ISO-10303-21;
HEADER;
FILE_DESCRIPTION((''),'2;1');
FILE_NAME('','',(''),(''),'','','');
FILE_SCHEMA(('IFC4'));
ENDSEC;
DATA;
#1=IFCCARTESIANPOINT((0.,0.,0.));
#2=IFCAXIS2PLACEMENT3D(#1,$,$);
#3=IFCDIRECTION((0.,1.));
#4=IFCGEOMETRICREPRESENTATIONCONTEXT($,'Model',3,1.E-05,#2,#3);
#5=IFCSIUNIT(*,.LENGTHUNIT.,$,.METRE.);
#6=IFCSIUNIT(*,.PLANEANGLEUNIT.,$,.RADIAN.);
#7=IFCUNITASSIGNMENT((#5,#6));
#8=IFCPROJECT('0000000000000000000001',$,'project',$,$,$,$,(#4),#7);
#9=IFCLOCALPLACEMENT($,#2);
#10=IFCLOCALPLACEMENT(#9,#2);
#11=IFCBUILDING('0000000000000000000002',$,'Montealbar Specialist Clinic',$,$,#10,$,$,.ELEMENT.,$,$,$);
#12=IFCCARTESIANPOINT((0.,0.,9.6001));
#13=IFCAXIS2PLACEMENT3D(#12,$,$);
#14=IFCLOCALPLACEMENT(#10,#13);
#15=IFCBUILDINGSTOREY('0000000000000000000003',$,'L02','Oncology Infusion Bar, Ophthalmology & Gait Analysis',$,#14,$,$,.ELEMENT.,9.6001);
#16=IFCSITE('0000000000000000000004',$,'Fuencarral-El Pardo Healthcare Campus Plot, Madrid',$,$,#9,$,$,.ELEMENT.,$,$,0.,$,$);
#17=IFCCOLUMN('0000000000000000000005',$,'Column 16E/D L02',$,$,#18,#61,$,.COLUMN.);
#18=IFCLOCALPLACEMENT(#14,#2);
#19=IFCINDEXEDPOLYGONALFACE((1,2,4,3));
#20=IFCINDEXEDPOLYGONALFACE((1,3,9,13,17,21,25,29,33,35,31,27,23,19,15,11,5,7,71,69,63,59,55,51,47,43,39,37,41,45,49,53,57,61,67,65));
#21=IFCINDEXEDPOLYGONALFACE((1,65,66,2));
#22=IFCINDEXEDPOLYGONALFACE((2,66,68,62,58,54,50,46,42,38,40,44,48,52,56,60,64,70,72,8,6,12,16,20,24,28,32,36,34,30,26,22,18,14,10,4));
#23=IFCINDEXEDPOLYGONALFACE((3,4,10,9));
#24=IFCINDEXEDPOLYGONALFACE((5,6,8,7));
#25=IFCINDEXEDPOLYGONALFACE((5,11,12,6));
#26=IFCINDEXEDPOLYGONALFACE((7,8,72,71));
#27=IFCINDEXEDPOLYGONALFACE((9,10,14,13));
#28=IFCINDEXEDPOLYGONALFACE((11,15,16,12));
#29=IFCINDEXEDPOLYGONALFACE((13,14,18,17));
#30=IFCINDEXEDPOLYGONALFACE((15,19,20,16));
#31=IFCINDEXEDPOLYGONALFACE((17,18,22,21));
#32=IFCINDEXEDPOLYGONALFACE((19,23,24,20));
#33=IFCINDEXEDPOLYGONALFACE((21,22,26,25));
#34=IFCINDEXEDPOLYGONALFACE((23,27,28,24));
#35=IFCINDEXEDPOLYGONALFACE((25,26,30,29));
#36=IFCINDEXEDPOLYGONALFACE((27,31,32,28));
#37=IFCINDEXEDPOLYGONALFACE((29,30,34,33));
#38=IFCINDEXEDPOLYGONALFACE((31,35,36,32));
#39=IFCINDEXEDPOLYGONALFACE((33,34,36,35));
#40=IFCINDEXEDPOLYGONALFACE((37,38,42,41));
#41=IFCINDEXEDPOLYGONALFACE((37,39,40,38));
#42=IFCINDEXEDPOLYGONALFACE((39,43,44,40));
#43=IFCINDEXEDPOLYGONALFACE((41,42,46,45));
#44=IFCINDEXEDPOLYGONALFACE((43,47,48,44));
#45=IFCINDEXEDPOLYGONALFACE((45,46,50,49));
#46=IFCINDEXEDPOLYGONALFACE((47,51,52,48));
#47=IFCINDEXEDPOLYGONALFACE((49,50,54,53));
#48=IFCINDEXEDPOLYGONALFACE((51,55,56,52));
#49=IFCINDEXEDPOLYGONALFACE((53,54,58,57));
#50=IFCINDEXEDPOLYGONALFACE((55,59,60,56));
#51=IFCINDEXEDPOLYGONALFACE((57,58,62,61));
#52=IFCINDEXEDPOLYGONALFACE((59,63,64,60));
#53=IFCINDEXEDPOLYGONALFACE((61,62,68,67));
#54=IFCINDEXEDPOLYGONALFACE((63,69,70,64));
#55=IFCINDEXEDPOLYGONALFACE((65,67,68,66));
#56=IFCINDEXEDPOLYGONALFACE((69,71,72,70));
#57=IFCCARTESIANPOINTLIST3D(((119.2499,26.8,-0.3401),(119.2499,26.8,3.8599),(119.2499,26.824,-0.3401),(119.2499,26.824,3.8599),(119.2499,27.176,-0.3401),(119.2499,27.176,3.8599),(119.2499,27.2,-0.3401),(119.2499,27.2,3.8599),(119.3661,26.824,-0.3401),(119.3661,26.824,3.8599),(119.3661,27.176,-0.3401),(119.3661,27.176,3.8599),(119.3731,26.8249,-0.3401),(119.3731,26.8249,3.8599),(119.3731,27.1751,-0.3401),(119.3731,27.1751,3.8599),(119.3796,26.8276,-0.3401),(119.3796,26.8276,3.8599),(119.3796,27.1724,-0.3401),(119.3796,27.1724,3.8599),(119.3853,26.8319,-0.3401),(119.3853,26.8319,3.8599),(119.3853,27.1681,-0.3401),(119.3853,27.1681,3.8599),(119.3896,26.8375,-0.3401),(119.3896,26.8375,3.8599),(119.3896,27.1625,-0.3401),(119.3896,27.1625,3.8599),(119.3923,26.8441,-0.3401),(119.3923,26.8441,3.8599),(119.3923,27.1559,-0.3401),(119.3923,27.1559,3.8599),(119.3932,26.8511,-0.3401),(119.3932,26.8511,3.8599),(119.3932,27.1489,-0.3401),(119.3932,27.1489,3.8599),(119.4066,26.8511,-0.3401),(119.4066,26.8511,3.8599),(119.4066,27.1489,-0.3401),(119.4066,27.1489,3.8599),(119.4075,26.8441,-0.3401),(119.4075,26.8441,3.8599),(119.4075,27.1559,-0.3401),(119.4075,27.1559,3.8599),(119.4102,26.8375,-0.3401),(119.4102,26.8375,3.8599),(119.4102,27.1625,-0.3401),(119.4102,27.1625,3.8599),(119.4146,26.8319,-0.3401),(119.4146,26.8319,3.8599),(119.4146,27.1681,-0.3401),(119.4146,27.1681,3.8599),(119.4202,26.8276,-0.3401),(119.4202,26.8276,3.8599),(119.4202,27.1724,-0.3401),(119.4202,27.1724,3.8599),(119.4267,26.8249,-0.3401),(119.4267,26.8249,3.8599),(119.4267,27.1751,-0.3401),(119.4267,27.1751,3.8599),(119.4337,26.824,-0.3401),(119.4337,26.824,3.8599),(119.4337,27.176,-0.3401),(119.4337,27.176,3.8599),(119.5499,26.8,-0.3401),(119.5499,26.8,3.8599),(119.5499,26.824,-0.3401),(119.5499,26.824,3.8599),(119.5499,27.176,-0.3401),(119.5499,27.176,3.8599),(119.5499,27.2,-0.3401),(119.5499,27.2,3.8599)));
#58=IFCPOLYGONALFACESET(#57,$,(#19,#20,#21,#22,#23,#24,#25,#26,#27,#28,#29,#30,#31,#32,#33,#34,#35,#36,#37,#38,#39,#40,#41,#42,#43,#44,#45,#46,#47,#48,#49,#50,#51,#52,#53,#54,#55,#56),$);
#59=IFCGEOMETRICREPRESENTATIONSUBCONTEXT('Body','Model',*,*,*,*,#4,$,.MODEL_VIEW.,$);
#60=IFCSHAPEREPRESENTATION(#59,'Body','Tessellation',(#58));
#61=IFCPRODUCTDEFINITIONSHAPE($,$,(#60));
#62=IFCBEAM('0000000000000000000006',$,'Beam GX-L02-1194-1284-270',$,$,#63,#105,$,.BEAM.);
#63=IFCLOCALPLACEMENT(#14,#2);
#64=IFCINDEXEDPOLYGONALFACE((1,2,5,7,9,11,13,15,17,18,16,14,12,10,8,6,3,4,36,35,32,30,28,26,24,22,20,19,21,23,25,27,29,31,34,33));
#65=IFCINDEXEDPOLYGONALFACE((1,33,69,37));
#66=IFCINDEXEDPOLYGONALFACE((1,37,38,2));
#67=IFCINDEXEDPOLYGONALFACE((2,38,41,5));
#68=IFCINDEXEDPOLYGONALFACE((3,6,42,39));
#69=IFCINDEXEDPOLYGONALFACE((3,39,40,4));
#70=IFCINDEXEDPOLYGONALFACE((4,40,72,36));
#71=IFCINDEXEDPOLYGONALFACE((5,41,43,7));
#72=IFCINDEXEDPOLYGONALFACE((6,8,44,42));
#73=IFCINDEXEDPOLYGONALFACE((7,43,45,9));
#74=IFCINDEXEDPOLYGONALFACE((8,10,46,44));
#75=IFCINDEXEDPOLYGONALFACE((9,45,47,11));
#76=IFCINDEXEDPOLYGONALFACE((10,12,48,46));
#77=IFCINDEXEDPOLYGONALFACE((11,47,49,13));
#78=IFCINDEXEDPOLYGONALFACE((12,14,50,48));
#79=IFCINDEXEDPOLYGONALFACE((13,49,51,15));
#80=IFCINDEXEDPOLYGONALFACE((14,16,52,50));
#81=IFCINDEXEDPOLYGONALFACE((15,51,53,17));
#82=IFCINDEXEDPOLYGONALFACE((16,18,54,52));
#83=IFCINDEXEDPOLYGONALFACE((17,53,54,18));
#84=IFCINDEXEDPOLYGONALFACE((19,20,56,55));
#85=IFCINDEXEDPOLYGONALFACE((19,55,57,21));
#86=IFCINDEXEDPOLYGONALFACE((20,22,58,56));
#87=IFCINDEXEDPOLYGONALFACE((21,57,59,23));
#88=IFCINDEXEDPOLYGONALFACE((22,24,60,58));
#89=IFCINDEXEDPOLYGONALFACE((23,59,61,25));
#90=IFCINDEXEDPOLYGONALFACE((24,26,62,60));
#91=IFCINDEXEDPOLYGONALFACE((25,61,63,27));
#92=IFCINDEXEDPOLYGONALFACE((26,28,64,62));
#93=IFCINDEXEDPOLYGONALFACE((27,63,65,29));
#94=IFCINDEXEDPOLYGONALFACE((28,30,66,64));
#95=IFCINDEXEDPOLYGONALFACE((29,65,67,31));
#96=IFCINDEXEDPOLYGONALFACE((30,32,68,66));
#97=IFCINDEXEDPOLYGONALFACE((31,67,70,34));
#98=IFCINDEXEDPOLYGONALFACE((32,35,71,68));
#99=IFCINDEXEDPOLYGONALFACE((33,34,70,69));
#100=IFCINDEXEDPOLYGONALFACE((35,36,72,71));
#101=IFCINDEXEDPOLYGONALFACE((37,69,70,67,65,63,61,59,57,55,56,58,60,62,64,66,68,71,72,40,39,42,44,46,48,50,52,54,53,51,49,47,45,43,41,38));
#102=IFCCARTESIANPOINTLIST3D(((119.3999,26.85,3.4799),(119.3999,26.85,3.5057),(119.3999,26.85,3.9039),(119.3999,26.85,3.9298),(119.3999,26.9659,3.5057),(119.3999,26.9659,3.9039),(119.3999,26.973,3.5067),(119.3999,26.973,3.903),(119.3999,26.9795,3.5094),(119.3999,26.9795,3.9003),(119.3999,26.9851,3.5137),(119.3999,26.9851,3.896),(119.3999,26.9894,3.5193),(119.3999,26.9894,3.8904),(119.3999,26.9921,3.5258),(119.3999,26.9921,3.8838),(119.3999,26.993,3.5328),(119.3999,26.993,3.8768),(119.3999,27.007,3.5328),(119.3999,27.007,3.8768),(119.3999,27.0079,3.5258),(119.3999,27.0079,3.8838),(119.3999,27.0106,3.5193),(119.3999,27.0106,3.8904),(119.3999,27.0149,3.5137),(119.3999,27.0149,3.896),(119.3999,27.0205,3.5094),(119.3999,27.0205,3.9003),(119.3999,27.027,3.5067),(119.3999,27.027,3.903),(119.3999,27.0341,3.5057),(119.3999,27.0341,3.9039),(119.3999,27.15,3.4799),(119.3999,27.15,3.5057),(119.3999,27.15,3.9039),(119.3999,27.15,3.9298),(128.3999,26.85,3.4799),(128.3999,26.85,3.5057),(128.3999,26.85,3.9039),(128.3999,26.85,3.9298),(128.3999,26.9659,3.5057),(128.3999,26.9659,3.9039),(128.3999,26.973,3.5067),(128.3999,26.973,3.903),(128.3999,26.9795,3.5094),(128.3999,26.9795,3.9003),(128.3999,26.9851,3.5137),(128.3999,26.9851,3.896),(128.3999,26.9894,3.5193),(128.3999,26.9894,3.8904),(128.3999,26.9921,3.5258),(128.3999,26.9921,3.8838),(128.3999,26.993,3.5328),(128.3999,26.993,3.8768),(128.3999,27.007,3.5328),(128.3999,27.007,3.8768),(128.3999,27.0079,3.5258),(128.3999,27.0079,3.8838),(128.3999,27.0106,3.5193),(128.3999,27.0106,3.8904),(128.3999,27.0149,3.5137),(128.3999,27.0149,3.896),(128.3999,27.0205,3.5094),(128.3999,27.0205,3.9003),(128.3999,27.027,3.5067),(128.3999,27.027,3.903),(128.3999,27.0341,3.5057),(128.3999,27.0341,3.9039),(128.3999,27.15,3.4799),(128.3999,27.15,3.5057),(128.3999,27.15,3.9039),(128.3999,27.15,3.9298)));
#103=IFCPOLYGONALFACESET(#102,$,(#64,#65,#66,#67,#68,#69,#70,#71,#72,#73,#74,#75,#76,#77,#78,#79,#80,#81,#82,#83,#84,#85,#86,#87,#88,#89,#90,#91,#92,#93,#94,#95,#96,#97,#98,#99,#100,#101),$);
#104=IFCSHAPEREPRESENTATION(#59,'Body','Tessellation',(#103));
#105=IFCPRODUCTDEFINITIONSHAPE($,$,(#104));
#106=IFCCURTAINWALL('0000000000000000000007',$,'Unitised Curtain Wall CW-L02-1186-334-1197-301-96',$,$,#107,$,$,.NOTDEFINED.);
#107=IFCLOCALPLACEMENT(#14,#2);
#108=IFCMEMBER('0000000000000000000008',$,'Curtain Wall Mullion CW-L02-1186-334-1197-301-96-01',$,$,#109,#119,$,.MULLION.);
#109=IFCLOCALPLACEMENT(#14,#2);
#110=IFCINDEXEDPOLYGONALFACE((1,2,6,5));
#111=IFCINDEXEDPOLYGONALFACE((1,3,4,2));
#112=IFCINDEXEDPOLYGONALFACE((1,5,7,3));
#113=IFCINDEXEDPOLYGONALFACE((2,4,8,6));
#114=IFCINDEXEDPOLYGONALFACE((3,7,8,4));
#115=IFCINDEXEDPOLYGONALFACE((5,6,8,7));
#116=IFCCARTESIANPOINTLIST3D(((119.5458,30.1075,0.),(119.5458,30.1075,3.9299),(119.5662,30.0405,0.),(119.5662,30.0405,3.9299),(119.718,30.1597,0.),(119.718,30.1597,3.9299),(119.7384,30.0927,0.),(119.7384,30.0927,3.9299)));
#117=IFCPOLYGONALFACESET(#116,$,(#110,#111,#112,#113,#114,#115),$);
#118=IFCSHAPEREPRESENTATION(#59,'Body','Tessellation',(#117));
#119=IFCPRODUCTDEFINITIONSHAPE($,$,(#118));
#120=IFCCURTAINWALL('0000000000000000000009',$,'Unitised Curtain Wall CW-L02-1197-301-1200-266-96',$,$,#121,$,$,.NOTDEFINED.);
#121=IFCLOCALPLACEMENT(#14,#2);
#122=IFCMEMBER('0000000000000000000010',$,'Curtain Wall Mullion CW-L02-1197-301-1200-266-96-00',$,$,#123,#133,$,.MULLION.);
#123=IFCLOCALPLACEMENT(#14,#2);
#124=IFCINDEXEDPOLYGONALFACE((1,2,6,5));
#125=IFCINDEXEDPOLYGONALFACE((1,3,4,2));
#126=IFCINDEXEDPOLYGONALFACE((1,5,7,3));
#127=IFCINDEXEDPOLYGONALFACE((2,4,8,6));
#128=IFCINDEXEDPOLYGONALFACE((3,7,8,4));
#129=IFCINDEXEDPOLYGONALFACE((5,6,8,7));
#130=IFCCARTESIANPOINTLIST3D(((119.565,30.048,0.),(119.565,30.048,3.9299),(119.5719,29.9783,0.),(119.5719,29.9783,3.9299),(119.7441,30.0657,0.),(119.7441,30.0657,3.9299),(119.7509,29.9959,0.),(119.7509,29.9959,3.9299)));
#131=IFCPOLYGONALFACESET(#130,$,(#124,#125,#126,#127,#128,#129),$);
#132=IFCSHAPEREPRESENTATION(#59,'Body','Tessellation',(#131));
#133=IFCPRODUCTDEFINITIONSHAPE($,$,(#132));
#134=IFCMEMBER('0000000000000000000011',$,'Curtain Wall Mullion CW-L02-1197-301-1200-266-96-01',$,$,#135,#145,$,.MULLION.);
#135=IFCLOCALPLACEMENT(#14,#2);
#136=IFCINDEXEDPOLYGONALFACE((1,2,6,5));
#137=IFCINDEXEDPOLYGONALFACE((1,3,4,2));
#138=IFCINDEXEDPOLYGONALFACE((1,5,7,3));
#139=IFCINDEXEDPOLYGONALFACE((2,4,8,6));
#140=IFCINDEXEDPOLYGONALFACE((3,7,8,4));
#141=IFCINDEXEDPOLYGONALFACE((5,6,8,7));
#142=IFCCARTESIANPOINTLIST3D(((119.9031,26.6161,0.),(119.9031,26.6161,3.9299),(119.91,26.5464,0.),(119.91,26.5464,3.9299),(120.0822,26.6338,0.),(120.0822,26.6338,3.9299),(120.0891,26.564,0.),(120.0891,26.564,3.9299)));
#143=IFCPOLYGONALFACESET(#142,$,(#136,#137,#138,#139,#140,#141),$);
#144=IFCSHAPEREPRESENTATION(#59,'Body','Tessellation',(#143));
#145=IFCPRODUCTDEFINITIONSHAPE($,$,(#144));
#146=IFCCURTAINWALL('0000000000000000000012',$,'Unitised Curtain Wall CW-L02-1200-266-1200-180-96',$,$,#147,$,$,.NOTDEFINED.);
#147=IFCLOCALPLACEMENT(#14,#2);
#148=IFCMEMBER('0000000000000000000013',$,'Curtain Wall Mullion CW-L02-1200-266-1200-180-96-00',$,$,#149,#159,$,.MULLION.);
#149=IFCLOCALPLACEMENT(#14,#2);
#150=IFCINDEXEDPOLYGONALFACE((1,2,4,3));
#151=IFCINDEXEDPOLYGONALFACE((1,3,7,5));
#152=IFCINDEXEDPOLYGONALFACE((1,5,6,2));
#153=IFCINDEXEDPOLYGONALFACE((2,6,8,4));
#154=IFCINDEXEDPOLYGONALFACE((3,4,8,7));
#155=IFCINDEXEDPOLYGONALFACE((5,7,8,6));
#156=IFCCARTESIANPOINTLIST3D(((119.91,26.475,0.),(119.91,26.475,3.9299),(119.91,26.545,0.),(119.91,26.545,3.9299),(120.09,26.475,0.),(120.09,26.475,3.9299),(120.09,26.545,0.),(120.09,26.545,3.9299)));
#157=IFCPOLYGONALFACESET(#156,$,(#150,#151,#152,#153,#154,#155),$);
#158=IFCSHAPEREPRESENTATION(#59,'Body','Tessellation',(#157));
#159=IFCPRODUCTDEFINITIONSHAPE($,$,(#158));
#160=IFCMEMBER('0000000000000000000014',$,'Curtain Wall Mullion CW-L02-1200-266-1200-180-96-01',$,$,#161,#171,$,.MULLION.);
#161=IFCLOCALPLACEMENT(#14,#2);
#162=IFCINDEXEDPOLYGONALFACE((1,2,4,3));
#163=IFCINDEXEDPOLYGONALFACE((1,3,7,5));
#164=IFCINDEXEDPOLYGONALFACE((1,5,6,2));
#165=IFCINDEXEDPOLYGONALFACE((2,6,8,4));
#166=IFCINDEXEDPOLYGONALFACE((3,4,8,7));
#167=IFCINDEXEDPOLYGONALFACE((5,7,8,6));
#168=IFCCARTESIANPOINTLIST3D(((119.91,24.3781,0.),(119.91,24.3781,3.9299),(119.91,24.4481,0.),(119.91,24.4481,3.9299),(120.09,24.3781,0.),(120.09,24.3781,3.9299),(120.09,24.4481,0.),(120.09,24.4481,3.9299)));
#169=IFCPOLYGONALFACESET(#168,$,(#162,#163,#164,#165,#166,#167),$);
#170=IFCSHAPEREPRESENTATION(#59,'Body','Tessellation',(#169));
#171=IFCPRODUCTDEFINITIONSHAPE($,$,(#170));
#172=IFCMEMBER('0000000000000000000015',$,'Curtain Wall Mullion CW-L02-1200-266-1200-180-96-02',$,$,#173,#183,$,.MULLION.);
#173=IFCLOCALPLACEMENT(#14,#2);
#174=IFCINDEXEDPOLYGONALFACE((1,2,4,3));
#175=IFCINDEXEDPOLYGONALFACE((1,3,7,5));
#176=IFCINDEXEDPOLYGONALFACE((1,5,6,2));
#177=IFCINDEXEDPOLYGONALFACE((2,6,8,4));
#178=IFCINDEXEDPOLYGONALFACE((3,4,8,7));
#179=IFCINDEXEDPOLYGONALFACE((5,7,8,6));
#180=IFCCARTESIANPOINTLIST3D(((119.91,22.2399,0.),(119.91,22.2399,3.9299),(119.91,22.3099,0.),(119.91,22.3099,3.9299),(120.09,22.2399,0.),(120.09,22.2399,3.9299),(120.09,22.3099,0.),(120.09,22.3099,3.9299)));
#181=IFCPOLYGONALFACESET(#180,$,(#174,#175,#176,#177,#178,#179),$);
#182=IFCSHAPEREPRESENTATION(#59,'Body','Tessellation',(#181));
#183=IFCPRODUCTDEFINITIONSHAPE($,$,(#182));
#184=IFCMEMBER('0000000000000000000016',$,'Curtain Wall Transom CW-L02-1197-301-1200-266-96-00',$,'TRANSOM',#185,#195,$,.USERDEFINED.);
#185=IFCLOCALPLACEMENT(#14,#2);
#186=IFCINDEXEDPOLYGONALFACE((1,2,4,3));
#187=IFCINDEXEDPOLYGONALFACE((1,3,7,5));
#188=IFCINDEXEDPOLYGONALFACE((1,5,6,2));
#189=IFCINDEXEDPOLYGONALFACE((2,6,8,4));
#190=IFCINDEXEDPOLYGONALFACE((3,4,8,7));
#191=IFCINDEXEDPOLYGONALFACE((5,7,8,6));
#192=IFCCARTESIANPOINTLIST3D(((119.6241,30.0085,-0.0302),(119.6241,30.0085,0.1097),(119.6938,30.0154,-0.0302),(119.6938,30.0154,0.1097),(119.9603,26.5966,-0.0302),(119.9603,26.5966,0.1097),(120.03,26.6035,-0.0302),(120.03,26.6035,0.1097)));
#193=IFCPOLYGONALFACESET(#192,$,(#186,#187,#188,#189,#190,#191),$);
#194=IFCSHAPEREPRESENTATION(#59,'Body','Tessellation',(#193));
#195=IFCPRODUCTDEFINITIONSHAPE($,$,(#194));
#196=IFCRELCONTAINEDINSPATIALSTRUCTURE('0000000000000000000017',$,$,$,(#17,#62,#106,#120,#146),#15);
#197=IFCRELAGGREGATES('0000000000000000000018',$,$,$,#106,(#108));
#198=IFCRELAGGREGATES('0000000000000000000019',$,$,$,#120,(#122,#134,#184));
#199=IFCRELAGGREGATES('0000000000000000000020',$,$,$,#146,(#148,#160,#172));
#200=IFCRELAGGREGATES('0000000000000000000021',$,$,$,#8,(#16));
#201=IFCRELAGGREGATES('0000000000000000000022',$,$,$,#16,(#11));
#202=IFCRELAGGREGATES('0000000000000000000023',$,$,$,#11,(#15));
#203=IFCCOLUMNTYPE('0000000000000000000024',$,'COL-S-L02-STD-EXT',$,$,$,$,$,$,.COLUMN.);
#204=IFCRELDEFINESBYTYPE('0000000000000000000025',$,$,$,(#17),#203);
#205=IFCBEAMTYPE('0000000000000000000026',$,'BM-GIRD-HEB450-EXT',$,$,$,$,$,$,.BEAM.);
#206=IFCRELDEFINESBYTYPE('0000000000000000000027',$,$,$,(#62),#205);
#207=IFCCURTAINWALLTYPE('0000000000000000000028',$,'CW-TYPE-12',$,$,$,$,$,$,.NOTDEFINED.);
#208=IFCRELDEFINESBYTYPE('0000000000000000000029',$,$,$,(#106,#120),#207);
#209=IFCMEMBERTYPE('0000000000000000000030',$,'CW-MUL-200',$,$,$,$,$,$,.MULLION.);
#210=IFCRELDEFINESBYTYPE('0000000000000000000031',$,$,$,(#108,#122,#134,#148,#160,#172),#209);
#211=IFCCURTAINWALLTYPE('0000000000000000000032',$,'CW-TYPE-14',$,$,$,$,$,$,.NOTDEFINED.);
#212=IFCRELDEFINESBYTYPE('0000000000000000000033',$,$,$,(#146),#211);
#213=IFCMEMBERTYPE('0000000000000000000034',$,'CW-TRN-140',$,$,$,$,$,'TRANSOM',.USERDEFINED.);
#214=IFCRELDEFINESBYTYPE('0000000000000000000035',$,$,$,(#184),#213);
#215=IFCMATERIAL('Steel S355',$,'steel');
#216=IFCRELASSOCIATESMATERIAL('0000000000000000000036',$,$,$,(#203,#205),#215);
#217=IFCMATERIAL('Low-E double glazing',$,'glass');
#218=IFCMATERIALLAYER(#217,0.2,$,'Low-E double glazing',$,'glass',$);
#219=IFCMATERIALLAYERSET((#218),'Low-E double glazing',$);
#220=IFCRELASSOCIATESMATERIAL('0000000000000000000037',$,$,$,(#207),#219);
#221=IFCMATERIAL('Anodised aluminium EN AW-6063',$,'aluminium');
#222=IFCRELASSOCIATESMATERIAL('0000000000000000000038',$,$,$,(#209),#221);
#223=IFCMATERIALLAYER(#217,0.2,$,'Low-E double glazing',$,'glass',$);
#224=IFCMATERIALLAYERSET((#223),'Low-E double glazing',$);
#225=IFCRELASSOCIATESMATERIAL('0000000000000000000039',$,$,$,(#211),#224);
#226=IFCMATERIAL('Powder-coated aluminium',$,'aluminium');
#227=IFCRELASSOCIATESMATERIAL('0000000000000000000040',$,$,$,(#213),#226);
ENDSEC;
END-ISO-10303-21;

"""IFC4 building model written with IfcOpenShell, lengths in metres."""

from ifc_helpers import new_model, si_unit, direction, frame, origin, origin_2d, place, context, subcontext, project, spatial, rectangle, i_section, extrude, material, layer, layer_set, material_profile, profile_set, type_object, element, aggregate, save


model = new_model("IFC4")

# Units and contexts
model_context = context("Model", 3, precision=1e-05, world=origin(), true_north=direction((0.0, 1.0)))
body_context = subcontext(model_context, "Body", "Model", "MODEL_VIEW")
ifc_project = project(units=[si_unit("LENGTHUNIT", "METRE"), si_unit("PLANEANGLEUNIT", "RADIAN")], contexts=[model_context])

# Site, building, storey
site_placement = place(None, origin())
site = spatial("IfcSite", under=ifc_project, at=site_placement, Name="Fuencarral-El Pardo Healthcare Campus Plot, Madrid", CompositionType="ELEMENT", RefElevation=0.0)
building_placement = place(site_placement, origin())
building = spatial("IfcBuilding", under=site, at=building_placement, Name="Montealbar Specialist Clinic", CompositionType="ELEMENT")
storey_placement = place(building_placement, frame((0.0, 0.0, 9.6001)))
storey = spatial("IfcBuildingStorey", under=building, at=storey_placement, Name="L02", Description="Oncology Infusion Bar, Ophthalmology & Gait Analysis", CompositionType="ELEMENT", Elevation=9.6001)

# Column
ifc_material_1 = material(Name="Steel S355", Category="steel")
ifc_material_profile_1 = material_profile(ifc_material_1, i_section(OverallWidth=0.3, OverallDepth=0.3999, WebThickness=0.0134, FlangeThickness=0.0239, FilletRadius=0.0271, at=origin_2d()), Name="HEB 400", Category="steel")
ifc_profile_set_1 = profile_set([ifc_material_profile_1], Name="Steel S355")
column_type = type_object("IfcColumnType", Name="COL-S-L02-STD-EXT", PredefinedType="COLUMN", material=ifc_profile_set_1)
column_placement = place(storey_placement, frame((119.3999, 27.0, -0.3401), z_axis=(0.0, 0.0, 1.0), x_axis=(1.0, 0.0, 0.0)))
element("IfcColumn", 1, at=column_placement, inside=storey, type_object=column_type, Name="Column 16E/D L02", PredefinedType="COLUMN", context=body_context, shape_type="SweptSolid", body=[
    extrude(i_section(OverallWidth=0.3, OverallDepth=0.3999, WebThickness=0.0134, FlangeThickness=0.0239, FilletRadius=0.0271, at=origin_2d()), origin(), (0.0, 0.0, 1.0), 4.2),
])

# Beam
ifc_material_profile_2 = material_profile(ifc_material_1, i_section(OverallWidth=0.3, OverallDepth=0.45, WebThickness=0.0139, FlangeThickness=0.0259, FilletRadius=0.0271, at=origin_2d()), Name="HEB 450", Category="steel")
ifc_profile_set_2 = profile_set([ifc_material_profile_2], Name="Steel S355")
beam_type = type_object("IfcBeamType", Name="BM-GIRD-HEB450-EXT", PredefinedType="BEAM", material=ifc_profile_set_2)
beam_placement = place(storey_placement, frame((119.3999, 27.0, 3.7048), z_axis=(1.0, 0.0, 0.0), x_axis=(0.0, 1.0, 0.0)))
element("IfcBeam", 2, at=beam_placement, inside=storey, type_object=beam_type, Name="Beam GX-L02-1194-1284-270", PredefinedType="BEAM", context=body_context, shape_type="SweptSolid", body=[
    extrude(i_section(OverallWidth=0.3, OverallDepth=0.45, WebThickness=0.0139, FlangeThickness=0.0259, FilletRadius=0.0271, at=origin_2d()), origin(), (0.0, 0.0, 1.0), 9.0),
])

# Curtain wall, member
ifc_material_2 = material(Name="Low-E double glazing", Category="glass")
ifc_layer_1 = layer(ifc_material_2, 0.2, Name="Low-E double glazing", Category="glass")
ifc_layer_set_1 = layer_set([ifc_layer_1], Name="Low-E double glazing")
curtain_wall_type_1 = type_object("IfcCurtainWallType", Name="CW-TYPE-12", PredefinedType="NOTDEFINED", material=ifc_layer_set_1)
curtain_wall_1_placement = place(storey_placement, origin())
curtain_wall_1 = element("IfcCurtainWall", 3, at=curtain_wall_1_placement, inside=storey, type_object=curtain_wall_type_1, Name="Unitised Curtain Wall CW-L02-1186-334-1197-301-96", PredefinedType="NOTDEFINED")
ifc_material_3 = material(Name="Anodised aluminium EN AW-6063", Category="aluminium")
ifc_material_profile_3 = material_profile(ifc_material_3, rectangle(XDim=0.0701, YDim=0.1799, at=origin_2d()), Name="ALU 70x180", Category="aluminium")
ifc_profile_set_3 = profile_set([ifc_material_profile_3], Name="Anodised aluminium EN AW-6063")
member_type_1 = type_object("IfcMemberType", Name="CW-MUL-200", PredefinedType="MULLION", material=ifc_profile_set_3)
member_1_placement = place(storey_placement, frame((119.6421, 30.1001, 0.0), z_axis=(0.0, 0.0, 1.0), x_axis=(0.290259, -0.956948, 0.0)))
member_1 = element("IfcMember", 4, at=member_1_placement, type_object=member_type_1, Name="Curtain Wall Mullion CW-L02-1186-334-1197-301-96-01", PredefinedType="MULLION", context=body_context, shape_type="SweptSolid", body=[
    extrude(rectangle(XDim=0.0701, YDim=0.1799, at=origin_2d()), origin(), (0.0, 0.0, 1.0), 3.9299),
])

# Curtain walls, members
curtain_wall_2_placement = place(storey_placement, origin())
curtain_wall_2 = element("IfcCurtainWall", 5, at=curtain_wall_2_placement, inside=storey, type_object=curtain_wall_type_1, Name="Unitised Curtain Wall CW-L02-1197-301-1200-266-96", PredefinedType="NOTDEFINED")
member_2_placement = place(storey_placement, frame((119.658, 30.022, 0.0), z_axis=(0.0, 0.0, 1.0), x_axis=(0.098045, -0.995182, 0.0)))
member_2 = element("IfcMember", 6, at=member_2_placement, type_object=member_type_1, Name="Curtain Wall Mullion CW-L02-1197-301-1200-266-96-00", PredefinedType="MULLION", context=body_context, shape_type="SweptSolid", body=[
    extrude(rectangle(XDim=0.0701, YDim=0.1799, at=origin_2d()), origin(), (0.0, 0.0, 1.0), 3.9299),
])
member_3_placement = place(storey_placement, frame((119.9961, 26.5901, 0.0), z_axis=(0.0, 0.0, 1.0), x_axis=(0.098045, -0.995182, 0.0)))
member_3 = element("IfcMember", 7, at=member_3_placement, type_object=member_type_1, Name="Curtain Wall Mullion CW-L02-1197-301-1200-266-96-01", PredefinedType="MULLION", context=body_context, shape_type="SweptSolid", body=[
    extrude(rectangle(XDim=0.0701, YDim=0.1799, at=origin_2d()), origin(), (0.0, 0.0, 1.0), 3.9299),
])
ifc_layer_2 = layer(ifc_material_2, 0.2, Name="Low-E double glazing", Category="glass")
ifc_layer_set_2 = layer_set([ifc_layer_2], Name="Low-E double glazing")
curtain_wall_type_2 = type_object("IfcCurtainWallType", Name="CW-TYPE-14", PredefinedType="NOTDEFINED", material=ifc_layer_set_2)
curtain_wall_3_placement = place(storey_placement, origin())
curtain_wall_3 = element("IfcCurtainWall", 8, at=curtain_wall_3_placement, inside=storey, type_object=curtain_wall_type_2, Name="Unitised Curtain Wall CW-L02-1200-266-1200-180-96", PredefinedType="NOTDEFINED")
member_4_placement = place(storey_placement, frame((120.0, 26.51, 0.0), z_axis=(0.0, 0.0, 1.0), x_axis=(0.0, -1.0, 0.0)))
member_4 = element("IfcMember", 9, at=member_4_placement, type_object=member_type_1, Name="Curtain Wall Mullion CW-L02-1200-266-1200-180-96-00", PredefinedType="MULLION", context=body_context, shape_type="SweptSolid", body=[
    extrude(rectangle(XDim=0.0701, YDim=0.1799, at=origin_2d()), origin(), (0.0, 0.0, 1.0), 3.9299),
])
member_5_placement = place(storey_placement, frame((120.0, 24.4131, 0.0), z_axis=(0.0, 0.0, 1.0), x_axis=(0.0, -1.0, 0.0)))
member_5 = element("IfcMember", 10, at=member_5_placement, type_object=member_type_1, Name="Curtain Wall Mullion CW-L02-1200-266-1200-180-96-01", PredefinedType="MULLION", context=body_context, shape_type="SweptSolid", body=[
    extrude(rectangle(XDim=0.0701, YDim=0.1799, at=origin_2d()), origin(), (0.0, 0.0, 1.0), 3.9299),
])
member_6_placement = place(storey_placement, frame((120.0, 22.2749, 0.0), z_axis=(0.0, 0.0, 1.0), x_axis=(0.0, -1.0, 0.0)))
member_6 = element("IfcMember", 11, at=member_6_placement, type_object=member_type_1, Name="Curtain Wall Mullion CW-L02-1200-266-1200-180-96-02", PredefinedType="MULLION", context=body_context, shape_type="SweptSolid", body=[
    extrude(rectangle(XDim=0.0701, YDim=0.1799, at=origin_2d()), origin(), (0.0, 0.0, 1.0), 3.9299),
])

# Member
ifc_material_4 = material(Name="Powder-coated aluminium", Category="aluminium")
ifc_material_profile_4 = material_profile(ifc_material_4, rectangle(XDim=0.0701, YDim=0.1399, at=origin_2d()), Name="ALU 70x140", Category="aluminium")
ifc_profile_set_4 = profile_set([ifc_material_profile_4], Name="Powder-coated aluminium")
member_type_2 = type_object("IfcMemberType", Name="CW-TRN-140", ElementType="TRANSOM", PredefinedType="USERDEFINED", material=ifc_profile_set_4)
member_7_placement = place(storey_placement, frame((119.6589, 30.012, 0.0398), z_axis=(0.098058, -0.995181, 0.0), x_axis=(0.995181, 0.098058, 0.0)))
member_7 = element("IfcMember", 12, at=member_7_placement, type_object=member_type_2, Name="Curtain Wall Transom CW-L02-1197-301-1200-266-96-00", ObjectType="TRANSOM", PredefinedType="USERDEFINED", context=body_context, shape_type="SweptSolid", body=[
    extrude(rectangle(XDim=0.0701, YDim=0.1399, at=origin_2d()), origin(), (0.0, 0.0, 1.0), 3.4285),
])

aggregate(curtain_wall_1, [member_1])
aggregate(curtain_wall_2, [member_2, member_3, member_7])
aggregate(curtain_wall_3, [member_4, member_5, member_6])

save(model, "model.ifc")
